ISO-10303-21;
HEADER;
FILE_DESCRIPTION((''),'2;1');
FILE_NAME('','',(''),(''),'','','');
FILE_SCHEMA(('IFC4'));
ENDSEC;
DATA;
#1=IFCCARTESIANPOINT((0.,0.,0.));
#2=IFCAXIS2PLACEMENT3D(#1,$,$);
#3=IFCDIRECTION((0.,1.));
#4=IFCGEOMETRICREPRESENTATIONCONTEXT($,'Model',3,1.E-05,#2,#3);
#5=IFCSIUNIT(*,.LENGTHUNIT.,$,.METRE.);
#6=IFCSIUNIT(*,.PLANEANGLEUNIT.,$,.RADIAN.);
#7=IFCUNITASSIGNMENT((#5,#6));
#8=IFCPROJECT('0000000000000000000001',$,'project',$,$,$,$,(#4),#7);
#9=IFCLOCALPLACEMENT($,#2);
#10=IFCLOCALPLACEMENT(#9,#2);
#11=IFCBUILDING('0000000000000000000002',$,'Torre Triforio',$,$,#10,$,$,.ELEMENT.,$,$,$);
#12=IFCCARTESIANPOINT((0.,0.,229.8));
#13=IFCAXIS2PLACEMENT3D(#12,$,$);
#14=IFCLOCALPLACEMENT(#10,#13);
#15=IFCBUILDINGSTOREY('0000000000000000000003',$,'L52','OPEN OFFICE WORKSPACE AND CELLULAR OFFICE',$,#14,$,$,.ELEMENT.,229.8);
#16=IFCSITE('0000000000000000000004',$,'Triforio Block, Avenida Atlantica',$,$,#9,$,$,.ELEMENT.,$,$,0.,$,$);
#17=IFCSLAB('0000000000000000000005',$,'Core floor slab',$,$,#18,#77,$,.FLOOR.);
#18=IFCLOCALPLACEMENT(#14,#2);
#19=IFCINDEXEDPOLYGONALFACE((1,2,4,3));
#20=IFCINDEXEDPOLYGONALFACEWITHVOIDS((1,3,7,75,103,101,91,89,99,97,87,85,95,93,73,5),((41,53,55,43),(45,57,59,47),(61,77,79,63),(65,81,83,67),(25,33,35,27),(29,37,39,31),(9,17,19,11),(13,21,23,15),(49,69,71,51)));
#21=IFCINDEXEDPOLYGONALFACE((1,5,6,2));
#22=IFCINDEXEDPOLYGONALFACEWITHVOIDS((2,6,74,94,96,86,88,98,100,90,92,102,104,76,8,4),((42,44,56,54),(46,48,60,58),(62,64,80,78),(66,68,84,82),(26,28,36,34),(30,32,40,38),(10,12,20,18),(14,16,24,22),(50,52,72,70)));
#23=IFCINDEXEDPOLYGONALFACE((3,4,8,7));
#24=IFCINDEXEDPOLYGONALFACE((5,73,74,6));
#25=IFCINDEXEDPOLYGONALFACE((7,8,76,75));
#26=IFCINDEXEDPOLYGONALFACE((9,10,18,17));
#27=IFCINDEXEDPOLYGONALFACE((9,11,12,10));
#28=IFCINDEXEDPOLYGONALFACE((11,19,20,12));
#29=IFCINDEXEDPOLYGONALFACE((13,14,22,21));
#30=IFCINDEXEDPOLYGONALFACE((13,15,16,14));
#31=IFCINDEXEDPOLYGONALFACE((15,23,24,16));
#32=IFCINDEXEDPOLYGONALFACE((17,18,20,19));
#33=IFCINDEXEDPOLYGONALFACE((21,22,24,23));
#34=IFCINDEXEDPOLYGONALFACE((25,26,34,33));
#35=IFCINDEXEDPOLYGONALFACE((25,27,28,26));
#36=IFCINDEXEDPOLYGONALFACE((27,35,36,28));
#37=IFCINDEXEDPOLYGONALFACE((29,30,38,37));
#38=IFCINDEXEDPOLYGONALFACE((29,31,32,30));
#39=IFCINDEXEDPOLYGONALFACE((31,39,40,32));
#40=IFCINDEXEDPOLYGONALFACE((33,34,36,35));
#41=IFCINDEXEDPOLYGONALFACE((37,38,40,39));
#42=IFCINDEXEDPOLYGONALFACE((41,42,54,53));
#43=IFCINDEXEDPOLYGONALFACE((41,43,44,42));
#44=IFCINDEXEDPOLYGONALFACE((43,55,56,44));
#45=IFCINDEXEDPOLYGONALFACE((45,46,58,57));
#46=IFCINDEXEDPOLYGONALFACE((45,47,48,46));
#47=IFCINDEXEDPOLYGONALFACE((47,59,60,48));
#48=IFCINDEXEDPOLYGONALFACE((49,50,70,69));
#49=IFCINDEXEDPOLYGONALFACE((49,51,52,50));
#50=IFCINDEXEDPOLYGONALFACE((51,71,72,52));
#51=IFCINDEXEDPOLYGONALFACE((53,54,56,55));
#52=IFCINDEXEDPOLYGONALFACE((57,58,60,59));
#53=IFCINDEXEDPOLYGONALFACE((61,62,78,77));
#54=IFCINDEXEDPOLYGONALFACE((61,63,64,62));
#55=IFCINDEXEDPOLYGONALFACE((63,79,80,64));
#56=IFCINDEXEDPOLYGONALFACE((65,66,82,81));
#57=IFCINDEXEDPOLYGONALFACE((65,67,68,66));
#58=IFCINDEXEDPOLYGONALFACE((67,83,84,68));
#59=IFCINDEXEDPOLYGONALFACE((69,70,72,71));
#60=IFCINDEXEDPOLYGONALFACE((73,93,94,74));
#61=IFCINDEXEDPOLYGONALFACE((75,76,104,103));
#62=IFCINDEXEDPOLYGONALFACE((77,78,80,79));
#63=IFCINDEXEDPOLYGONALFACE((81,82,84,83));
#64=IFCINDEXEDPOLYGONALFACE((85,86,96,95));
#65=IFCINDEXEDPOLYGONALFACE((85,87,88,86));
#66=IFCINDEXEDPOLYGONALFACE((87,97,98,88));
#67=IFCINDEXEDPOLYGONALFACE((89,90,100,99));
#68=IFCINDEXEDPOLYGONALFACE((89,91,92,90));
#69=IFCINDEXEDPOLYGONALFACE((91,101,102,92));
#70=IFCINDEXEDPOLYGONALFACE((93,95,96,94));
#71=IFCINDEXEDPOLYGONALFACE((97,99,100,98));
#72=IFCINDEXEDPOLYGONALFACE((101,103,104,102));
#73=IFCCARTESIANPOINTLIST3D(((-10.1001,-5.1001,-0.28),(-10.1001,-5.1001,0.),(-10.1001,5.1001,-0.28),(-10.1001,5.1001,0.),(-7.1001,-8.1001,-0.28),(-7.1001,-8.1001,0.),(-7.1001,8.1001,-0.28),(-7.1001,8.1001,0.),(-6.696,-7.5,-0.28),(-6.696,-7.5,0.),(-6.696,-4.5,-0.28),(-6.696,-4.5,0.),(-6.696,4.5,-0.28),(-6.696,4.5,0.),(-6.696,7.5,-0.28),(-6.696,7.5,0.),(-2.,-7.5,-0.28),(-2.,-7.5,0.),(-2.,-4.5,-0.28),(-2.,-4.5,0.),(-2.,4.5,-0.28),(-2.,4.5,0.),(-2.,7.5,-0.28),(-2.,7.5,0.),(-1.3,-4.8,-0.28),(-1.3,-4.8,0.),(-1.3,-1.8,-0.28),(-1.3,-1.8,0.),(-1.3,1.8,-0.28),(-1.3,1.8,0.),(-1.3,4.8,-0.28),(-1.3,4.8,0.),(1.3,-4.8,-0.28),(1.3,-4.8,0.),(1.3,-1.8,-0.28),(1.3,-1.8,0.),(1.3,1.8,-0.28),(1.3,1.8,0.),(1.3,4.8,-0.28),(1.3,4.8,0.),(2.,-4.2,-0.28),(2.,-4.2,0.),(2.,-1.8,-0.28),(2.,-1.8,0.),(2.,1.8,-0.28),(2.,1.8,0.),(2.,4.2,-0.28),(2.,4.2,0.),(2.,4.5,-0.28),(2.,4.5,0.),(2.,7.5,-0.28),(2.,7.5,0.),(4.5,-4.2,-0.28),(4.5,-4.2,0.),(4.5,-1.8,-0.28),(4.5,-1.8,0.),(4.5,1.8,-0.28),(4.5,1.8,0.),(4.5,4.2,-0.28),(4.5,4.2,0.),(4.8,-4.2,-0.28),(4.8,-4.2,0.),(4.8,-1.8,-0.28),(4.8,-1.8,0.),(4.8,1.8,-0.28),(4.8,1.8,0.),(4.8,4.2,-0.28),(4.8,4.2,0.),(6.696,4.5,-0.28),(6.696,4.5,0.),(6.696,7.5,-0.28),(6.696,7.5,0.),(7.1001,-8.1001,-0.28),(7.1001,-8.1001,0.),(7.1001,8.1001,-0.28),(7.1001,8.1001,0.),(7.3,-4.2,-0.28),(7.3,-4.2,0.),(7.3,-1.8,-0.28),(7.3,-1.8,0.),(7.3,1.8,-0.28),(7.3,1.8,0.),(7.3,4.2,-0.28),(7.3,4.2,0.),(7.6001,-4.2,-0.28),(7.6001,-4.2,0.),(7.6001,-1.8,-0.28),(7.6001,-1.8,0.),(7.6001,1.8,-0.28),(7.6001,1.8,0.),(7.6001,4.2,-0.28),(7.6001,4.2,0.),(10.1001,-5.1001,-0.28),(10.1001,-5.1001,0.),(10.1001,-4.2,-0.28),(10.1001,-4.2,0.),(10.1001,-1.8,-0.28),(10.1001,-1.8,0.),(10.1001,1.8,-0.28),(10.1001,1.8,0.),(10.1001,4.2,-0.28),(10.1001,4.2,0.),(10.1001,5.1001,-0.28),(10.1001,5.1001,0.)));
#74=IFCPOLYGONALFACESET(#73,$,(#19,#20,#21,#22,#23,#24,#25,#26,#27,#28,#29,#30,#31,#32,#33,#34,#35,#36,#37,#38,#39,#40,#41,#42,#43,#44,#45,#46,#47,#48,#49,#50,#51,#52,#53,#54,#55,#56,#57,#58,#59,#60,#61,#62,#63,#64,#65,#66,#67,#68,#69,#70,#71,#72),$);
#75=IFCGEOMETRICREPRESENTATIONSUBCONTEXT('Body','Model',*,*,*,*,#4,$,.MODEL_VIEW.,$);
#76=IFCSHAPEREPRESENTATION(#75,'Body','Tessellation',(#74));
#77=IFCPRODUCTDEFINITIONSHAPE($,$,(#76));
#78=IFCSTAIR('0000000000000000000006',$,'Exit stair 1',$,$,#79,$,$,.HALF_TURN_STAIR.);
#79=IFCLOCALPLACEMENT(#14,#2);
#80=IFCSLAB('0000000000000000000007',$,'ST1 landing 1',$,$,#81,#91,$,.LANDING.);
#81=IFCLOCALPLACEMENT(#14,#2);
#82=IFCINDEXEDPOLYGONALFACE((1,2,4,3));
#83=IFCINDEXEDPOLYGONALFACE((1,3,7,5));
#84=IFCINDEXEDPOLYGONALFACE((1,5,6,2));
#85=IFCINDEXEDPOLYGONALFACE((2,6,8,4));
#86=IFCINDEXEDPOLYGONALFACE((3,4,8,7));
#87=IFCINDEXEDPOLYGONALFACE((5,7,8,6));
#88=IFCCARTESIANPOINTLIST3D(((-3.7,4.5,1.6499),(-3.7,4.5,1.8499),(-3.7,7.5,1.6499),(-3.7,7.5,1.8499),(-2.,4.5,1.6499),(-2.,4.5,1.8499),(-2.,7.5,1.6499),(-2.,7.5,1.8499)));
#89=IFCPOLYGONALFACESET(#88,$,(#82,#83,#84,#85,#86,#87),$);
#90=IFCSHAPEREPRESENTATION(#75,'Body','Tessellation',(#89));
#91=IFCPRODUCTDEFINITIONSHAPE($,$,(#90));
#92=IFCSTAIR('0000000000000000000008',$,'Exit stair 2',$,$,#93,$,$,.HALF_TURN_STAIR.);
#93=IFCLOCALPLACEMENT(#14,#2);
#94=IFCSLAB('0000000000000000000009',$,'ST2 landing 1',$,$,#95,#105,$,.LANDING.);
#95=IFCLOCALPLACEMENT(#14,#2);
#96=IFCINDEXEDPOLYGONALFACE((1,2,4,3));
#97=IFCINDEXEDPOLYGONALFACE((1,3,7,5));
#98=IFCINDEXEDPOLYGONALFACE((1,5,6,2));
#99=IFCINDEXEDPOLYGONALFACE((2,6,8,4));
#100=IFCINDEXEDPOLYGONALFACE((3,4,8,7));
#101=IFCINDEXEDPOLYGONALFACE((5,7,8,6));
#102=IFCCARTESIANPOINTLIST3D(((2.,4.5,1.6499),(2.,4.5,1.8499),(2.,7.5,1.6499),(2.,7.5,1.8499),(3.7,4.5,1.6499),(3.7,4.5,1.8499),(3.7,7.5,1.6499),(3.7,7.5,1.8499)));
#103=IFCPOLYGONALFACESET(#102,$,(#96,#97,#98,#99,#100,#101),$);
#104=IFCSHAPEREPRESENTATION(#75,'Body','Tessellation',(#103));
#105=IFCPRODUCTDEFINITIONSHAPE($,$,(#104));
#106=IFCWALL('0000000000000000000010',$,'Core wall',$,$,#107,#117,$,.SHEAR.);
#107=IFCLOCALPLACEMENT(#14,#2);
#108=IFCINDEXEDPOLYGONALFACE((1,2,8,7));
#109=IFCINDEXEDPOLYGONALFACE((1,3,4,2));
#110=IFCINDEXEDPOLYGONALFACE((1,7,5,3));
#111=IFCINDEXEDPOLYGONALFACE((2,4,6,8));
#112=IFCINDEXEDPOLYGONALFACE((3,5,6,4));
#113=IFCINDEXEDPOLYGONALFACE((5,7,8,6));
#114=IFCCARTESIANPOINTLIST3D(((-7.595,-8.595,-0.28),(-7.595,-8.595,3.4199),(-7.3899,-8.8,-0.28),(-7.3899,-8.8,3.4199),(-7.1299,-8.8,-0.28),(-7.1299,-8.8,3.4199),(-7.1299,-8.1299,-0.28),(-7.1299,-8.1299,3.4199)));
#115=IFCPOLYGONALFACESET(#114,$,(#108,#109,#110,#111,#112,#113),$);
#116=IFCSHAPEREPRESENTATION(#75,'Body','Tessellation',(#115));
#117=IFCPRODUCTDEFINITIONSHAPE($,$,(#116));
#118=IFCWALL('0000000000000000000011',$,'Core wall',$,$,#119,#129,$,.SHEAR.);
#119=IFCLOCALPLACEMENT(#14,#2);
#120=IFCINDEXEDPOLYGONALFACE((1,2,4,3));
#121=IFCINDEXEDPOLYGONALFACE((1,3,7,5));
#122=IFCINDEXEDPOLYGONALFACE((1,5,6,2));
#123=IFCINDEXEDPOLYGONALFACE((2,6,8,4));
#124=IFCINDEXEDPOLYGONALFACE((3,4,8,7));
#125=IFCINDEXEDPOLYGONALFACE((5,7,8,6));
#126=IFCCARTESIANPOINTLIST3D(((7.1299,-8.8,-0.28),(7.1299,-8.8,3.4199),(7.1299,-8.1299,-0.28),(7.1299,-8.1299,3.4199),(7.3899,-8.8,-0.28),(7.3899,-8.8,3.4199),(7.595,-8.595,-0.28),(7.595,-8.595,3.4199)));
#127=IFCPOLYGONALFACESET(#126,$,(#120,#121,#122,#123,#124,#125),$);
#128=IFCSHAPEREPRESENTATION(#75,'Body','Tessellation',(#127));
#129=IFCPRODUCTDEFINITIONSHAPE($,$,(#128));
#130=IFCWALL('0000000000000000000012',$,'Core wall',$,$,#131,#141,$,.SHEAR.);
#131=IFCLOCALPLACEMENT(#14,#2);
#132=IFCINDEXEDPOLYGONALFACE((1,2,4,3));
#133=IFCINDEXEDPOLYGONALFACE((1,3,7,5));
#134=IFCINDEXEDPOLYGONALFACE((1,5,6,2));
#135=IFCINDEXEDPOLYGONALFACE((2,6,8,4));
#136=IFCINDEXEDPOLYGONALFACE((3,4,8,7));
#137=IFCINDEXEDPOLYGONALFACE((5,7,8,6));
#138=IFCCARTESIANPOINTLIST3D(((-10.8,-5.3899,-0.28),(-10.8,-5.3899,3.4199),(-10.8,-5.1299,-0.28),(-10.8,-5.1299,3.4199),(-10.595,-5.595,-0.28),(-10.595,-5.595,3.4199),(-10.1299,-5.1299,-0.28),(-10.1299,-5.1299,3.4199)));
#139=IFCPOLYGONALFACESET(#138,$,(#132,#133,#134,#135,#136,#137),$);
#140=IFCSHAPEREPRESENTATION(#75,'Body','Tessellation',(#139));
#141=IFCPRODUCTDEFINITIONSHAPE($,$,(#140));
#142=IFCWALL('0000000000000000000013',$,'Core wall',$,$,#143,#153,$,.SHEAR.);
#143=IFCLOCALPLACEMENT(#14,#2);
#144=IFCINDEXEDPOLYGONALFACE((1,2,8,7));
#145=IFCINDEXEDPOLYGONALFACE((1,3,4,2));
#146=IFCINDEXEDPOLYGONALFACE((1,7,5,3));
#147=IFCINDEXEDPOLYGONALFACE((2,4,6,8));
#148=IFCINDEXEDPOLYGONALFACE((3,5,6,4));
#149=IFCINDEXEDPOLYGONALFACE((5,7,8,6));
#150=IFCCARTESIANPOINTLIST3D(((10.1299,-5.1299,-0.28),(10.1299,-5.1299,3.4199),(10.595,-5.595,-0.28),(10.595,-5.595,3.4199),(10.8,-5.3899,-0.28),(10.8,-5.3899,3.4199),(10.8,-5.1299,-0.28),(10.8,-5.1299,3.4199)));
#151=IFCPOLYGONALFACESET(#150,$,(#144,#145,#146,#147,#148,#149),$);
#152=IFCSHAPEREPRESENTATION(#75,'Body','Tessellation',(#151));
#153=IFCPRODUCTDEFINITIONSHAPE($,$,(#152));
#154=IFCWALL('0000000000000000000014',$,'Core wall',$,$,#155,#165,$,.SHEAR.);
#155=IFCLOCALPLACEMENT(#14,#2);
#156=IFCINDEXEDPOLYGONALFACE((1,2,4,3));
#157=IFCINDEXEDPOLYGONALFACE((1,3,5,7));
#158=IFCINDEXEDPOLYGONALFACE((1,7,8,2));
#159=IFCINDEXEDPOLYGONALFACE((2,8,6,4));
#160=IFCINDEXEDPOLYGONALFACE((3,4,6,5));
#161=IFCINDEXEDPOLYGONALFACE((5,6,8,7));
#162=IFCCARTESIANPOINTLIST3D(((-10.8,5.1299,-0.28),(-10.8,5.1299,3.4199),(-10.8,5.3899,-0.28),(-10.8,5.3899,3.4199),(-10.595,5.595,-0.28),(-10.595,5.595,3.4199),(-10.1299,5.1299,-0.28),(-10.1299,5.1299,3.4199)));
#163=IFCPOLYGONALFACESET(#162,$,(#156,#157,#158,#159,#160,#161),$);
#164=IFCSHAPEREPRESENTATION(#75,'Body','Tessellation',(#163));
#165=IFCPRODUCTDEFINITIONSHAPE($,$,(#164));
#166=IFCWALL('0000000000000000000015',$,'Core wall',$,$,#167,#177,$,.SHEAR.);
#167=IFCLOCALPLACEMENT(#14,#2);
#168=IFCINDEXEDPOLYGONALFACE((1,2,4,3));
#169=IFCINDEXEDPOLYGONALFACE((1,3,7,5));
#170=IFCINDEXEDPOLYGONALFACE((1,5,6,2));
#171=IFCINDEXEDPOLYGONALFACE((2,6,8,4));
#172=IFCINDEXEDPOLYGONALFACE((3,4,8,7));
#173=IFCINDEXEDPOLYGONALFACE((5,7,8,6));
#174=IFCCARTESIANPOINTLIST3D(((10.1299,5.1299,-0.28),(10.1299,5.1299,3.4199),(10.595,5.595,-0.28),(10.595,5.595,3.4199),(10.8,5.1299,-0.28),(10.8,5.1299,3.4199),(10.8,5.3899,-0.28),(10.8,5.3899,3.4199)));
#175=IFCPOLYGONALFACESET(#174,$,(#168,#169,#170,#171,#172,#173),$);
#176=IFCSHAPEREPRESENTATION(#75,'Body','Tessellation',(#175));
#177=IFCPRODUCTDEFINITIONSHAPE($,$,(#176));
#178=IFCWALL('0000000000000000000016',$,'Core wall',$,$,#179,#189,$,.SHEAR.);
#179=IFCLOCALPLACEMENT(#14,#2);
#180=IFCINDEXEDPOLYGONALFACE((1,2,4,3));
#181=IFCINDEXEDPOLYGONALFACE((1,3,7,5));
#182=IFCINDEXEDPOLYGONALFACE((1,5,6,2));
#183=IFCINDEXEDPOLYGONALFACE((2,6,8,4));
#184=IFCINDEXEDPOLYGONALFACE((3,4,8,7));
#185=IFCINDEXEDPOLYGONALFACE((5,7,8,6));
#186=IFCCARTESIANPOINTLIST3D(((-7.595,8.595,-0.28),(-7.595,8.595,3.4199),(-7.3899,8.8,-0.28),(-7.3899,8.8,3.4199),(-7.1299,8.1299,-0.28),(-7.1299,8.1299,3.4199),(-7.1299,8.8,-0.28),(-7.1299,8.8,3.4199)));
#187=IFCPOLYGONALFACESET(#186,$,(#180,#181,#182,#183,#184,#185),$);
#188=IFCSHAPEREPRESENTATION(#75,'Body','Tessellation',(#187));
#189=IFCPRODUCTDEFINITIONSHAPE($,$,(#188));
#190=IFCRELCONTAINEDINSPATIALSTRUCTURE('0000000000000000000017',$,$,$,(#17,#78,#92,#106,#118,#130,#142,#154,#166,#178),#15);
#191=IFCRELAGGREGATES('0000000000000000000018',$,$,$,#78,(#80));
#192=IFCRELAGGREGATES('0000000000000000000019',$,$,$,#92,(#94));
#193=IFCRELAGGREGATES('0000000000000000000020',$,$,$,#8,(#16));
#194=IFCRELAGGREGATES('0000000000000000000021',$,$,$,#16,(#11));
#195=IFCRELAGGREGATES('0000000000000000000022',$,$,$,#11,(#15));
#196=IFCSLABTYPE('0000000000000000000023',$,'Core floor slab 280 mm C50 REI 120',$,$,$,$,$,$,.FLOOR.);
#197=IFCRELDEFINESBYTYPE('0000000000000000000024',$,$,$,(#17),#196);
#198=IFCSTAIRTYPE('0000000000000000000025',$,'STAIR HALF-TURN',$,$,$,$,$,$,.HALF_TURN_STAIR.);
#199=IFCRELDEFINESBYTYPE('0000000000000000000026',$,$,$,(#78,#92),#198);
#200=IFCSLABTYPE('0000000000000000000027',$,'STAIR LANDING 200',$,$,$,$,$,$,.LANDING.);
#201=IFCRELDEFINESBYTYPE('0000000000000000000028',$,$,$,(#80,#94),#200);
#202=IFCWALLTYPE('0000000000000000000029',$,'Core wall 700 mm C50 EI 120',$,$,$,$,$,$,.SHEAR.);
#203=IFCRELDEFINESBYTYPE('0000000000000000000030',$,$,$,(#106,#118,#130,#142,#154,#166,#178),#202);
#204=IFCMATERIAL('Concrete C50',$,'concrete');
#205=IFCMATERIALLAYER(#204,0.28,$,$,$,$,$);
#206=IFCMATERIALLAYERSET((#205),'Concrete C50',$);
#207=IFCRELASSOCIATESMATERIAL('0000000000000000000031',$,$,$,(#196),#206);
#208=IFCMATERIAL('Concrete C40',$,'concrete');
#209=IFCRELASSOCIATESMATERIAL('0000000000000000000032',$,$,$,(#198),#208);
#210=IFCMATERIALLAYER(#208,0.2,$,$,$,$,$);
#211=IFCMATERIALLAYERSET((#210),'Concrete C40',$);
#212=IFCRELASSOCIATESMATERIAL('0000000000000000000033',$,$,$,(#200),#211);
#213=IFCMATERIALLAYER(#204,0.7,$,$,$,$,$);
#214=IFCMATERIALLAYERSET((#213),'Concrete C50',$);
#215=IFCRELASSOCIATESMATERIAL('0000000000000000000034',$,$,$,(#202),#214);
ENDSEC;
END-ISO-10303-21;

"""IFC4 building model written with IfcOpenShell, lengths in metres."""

from ifc_helpers import new_model, si_unit, direction, frame, origin, place, context, subcontext, project, spatial, polyline, outline, extrude, material, layer, layer_set, type_object, element, aggregate, save


model = new_model("IFC4")

# Units and contexts
model_context = context("Model", 3, precision=1e-05, world=origin(), true_north=direction((0.0, 1.0)))
body_context = subcontext(model_context, "Body", "Model", "MODEL_VIEW")
ifc_project = project(units=[si_unit("LENGTHUNIT", "METRE"), si_unit("PLANEANGLEUNIT", "RADIAN")], contexts=[model_context])

# Site, building, storey
site_placement = place(None, origin())
site = spatial("IfcSite", under=ifc_project, at=site_placement, Name="Triforio Block, Avenida Atlantica", CompositionType="ELEMENT", RefElevation=0.0)
building_placement = place(site_placement, origin())
building = spatial("IfcBuilding", under=site, at=building_placement, Name="Torre Triforio", CompositionType="ELEMENT")
storey_placement = place(building_placement, frame((0.0, 0.0, 229.8)))
storey = spatial("IfcBuildingStorey", under=building, at=storey_placement, Name="L52", Description="OPEN OFFICE WORKSPACE AND CELLULAR OFFICE", CompositionType="ELEMENT", Elevation=229.8)

# Slab
ifc_material_1 = material(Name="Concrete C50", Category="concrete")
ifc_layer_1 = layer(ifc_material_1, 0.28)
ifc_layer_set_1 = layer_set([ifc_layer_1], Name="Concrete C50")
slab_type_1 = type_object("IfcSlabType", Name="Core floor slab 280 mm C50 REI 120", PredefinedType="FLOOR", material=ifc_layer_set_1)
slab_1_placement = place(storey_placement, frame((0.0, 0.0, -0.28)))
element("IfcSlab", 1, at=slab_1_placement, inside=storey, type_object=slab_type_1, Name="Core floor slab", PredefinedType="FLOOR", context=body_context, shape_type="SweptSolid", body=[
    extrude(outline(polyline([(10.1001, -5.1001), (7.1001, -8.1001), (-7.1001, -8.1001), (-10.1001, -5.1001), (-10.1001, 5.1001), (-7.1001, 8.1001), (7.1001, 8.1001), (10.1001, 5.1001), (10.1001, 4.2), (7.6001, 4.2), (7.6001, 1.8), (10.1001, 1.8), (10.1001, -1.8), (7.6001, -1.8), (7.6001, -4.2), (10.1001, -4.2), (10.1001, -5.1001)]), holes=[polyline([(-6.696, -4.5), (-6.696, -7.5), (-2.0, -7.5), (-2.0, -4.5), (-6.696, -4.5)]), polyline([(-1.3, -1.8), (-1.3, -4.8), (1.3, -4.8), (1.3, -1.8), (-1.3, -1.8)]), polyline([(2.0, -1.8), (2.0, -4.2), (4.5, -4.2), (4.5, -1.8), (2.0, -1.8)]), polyline([(4.5, 4.2), (2.0, 4.2), (2.0, 1.8), (4.5, 1.8), (4.5, 4.2)]), polyline([(1.3, 4.8), (-1.3, 4.8), (-1.3, 1.8), (1.3, 1.8), (1.3, 4.8)]), polyline([(-6.696, 7.5), (-6.696, 4.5), (-2.0, 4.5), (-2.0, 7.5), (-6.696, 7.5)]), polyline([(7.3, -1.8), (4.8, -1.8), (4.8, -4.2), (7.3, -4.2), (7.3, -1.8)]), polyline([(4.8, 4.2), (4.8, 1.8), (7.3, 1.8), (7.3, 4.2), (4.8, 4.2)]), polyline([(6.696, 7.5), (2.0, 7.5), (2.0, 4.5), (6.696, 4.5), (6.696, 7.5)])]), origin(), (0.0, 0.0, 1.0), 0.28),
])

# Stairs, slabs
ifc_material_2 = material(Name="Concrete C40", Category="concrete")
stair_type = type_object("IfcStairType", Name="STAIR HALF-TURN", PredefinedType="HALF_TURN_STAIR", material=ifc_material_2)
stair_1_placement = place(storey_placement, origin())
stair_1 = element("IfcStair", 2, at=stair_1_placement, inside=storey, type_object=stair_type, Name="Exit stair 1", PredefinedType="HALF_TURN_STAIR")
ifc_layer_2 = layer(ifc_material_2, 0.2)
ifc_layer_set_2 = layer_set([ifc_layer_2], Name="Concrete C40")
slab_type_2 = type_object("IfcSlabType", Name="STAIR LANDING 200", PredefinedType="LANDING", material=ifc_layer_set_2)
slab_2_placement = place(storey_placement, frame((0.0, 0.0, 1.6499)))
slab_2 = element("IfcSlab", 3, at=slab_2_placement, type_object=slab_type_2, Name="ST1 landing 1", PredefinedType="LANDING", context=body_context, shape_type="SweptSolid", body=[
    extrude(outline(polyline([(-2.0, 4.5), (-2.0, 7.5), (-3.7, 7.5), (-3.7, 4.5), (-2.0, 4.5)])), origin(), (0.0, 0.0, 1.0), 0.2),
])
aggregate(stair_1, [slab_2])
stair_2_placement = place(storey_placement, origin())
stair_2 = element("IfcStair", 4, at=stair_2_placement, inside=storey, type_object=stair_type, Name="Exit stair 2", PredefinedType="HALF_TURN_STAIR")
slab_3_placement = place(storey_placement, frame((0.0, 0.0, 1.6499)))
slab_3 = element("IfcSlab", 5, at=slab_3_placement, type_object=slab_type_2, Name="ST2 landing 1", PredefinedType="LANDING", context=body_context, shape_type="SweptSolid", body=[
    extrude(outline(polyline([(3.7, 4.5), (3.7, 7.5), (2.0, 7.5), (2.0, 4.5), (3.7, 4.5)])), origin(), (0.0, 0.0, 1.0), 0.2),
])
aggregate(stair_2, [slab_3])

# Walls
ifc_layer_3 = layer(ifc_material_1, 0.7)
ifc_layer_set_3 = layer_set([ifc_layer_3], Name="Concrete C50")
wall_type_1 = type_object("IfcWallType", Name="Core wall 700 mm C50 EI 120", PredefinedType="SHEAR", material=ifc_layer_set_3)
wall_1_placement = place(storey_placement, frame((0.0, 0.0, -0.28)))
element("IfcWall", 6, at=wall_1_placement, inside=storey, type_object=wall_type_1, Name="Core wall", PredefinedType="SHEAR", context=body_context, shape_type="SweptSolid", body=[
    extrude(outline(polyline([(-7.3899, -8.8), (-7.595, -8.595), (-7.595, -8.595), (-7.595, -8.595), (-7.1299, -8.1299), (-7.1299, -8.8), (-7.1299, -8.8), (-7.3899, -8.8)])), origin(), (0.0, 0.0, 1.0), 3.7),
])
wall_2_placement = place(storey_placement, frame((0.0, 0.0, -0.28)))
element("IfcWall", 7, at=wall_2_placement, inside=storey, type_object=wall_type_1, Name="Core wall", PredefinedType="SHEAR", context=body_context, shape_type="SweptSolid", body=[
    extrude(outline(polyline([(7.3899, -8.8), (7.1299, -8.8), (7.1299, -8.8), (7.1299, -8.1299), (7.595, -8.595), (7.595, -8.595), (7.595, -8.595), (7.3899, -8.8)])), origin(), (0.0, 0.0, 1.0), 3.7),
])
wall_3_placement = place(storey_placement, frame((0.0, 0.0, -0.28)))
element("IfcWall", 8, at=wall_3_placement, inside=storey, type_object=wall_type_1, Name="Core wall", PredefinedType="SHEAR", context=body_context, shape_type="SweptSolid", body=[
    extrude(outline(polyline([(-10.8, -5.3899), (-10.8, -5.1299), (-10.8, -5.1299), (-10.1299, -5.1299), (-10.595, -5.595), (-10.595, -5.595), (-10.595, -5.595), (-10.8, -5.3899)])), origin(), (0.0, 0.0, 1.0), 3.7),
])
wall_4_placement = place(storey_placement, frame((0.0, 0.0, -0.28)))
element("IfcWall", 9, at=wall_4_placement, inside=storey, type_object=wall_type_1, Name="Core wall", PredefinedType="SHEAR", context=body_context, shape_type="SweptSolid", body=[
    extrude(outline(polyline([(10.8, -5.3899), (10.595, -5.595), (10.595, -5.595), (10.595, -5.595), (10.1299, -5.1299), (10.8, -5.1299), (10.8, -5.1299), (10.8, -5.3899)])), origin(), (0.0, 0.0, 1.0), 3.7),
])
wall_5_placement = place(storey_placement, frame((0.0, 0.0, -0.28)))
element("IfcWall", 10, at=wall_5_placement, inside=storey, type_object=wall_type_1, Name="Core wall", PredefinedType="SHEAR", context=body_context, shape_type="SweptSolid", body=[
    extrude(outline(polyline([(-10.595, 5.595), (-10.595, 5.595), (-10.595, 5.595), (-10.1299, 5.1299), (-10.8, 5.1299), (-10.8, 5.1299), (-10.8, 5.3899), (-10.595, 5.595)])), origin(), (0.0, 0.0, 1.0), 3.7),
])
wall_6_placement = place(storey_placement, frame((0.0, 0.0, -0.28)))
element("IfcWall", 11, at=wall_6_placement, inside=storey, type_object=wall_type_1, Name="Core wall", PredefinedType="SHEAR", context=body_context, shape_type="SweptSolid", body=[
    extrude(outline(polyline([(10.8, 5.3899), (10.8, 5.1299), (10.8, 5.1299), (10.1299, 5.1299), (10.595, 5.595), (10.595, 5.595), (10.595, 5.595), (10.8, 5.3899)])), origin(), (0.0, 0.0, 1.0), 3.7),
])
wall_7_placement = place(storey_placement, frame((0.0, 0.0, -0.28)))
element("IfcWall", 12, at=wall_7_placement, inside=storey, type_object=wall_type_1, Name="Core wall", PredefinedType="SHEAR", context=body_context, shape_type="SweptSolid", body=[
    extrude(outline(polyline([(-7.3899, 8.8), (-7.1299, 8.8), (-7.1299, 8.8), (-7.1299, 8.1299), (-7.595, 8.595), (-7.595, 8.595), (-7.595, 8.595), (-7.3899, 8.8)])), origin(), (0.0, 0.0, 1.0), 3.7),
])

save(model, "model.ifc")
